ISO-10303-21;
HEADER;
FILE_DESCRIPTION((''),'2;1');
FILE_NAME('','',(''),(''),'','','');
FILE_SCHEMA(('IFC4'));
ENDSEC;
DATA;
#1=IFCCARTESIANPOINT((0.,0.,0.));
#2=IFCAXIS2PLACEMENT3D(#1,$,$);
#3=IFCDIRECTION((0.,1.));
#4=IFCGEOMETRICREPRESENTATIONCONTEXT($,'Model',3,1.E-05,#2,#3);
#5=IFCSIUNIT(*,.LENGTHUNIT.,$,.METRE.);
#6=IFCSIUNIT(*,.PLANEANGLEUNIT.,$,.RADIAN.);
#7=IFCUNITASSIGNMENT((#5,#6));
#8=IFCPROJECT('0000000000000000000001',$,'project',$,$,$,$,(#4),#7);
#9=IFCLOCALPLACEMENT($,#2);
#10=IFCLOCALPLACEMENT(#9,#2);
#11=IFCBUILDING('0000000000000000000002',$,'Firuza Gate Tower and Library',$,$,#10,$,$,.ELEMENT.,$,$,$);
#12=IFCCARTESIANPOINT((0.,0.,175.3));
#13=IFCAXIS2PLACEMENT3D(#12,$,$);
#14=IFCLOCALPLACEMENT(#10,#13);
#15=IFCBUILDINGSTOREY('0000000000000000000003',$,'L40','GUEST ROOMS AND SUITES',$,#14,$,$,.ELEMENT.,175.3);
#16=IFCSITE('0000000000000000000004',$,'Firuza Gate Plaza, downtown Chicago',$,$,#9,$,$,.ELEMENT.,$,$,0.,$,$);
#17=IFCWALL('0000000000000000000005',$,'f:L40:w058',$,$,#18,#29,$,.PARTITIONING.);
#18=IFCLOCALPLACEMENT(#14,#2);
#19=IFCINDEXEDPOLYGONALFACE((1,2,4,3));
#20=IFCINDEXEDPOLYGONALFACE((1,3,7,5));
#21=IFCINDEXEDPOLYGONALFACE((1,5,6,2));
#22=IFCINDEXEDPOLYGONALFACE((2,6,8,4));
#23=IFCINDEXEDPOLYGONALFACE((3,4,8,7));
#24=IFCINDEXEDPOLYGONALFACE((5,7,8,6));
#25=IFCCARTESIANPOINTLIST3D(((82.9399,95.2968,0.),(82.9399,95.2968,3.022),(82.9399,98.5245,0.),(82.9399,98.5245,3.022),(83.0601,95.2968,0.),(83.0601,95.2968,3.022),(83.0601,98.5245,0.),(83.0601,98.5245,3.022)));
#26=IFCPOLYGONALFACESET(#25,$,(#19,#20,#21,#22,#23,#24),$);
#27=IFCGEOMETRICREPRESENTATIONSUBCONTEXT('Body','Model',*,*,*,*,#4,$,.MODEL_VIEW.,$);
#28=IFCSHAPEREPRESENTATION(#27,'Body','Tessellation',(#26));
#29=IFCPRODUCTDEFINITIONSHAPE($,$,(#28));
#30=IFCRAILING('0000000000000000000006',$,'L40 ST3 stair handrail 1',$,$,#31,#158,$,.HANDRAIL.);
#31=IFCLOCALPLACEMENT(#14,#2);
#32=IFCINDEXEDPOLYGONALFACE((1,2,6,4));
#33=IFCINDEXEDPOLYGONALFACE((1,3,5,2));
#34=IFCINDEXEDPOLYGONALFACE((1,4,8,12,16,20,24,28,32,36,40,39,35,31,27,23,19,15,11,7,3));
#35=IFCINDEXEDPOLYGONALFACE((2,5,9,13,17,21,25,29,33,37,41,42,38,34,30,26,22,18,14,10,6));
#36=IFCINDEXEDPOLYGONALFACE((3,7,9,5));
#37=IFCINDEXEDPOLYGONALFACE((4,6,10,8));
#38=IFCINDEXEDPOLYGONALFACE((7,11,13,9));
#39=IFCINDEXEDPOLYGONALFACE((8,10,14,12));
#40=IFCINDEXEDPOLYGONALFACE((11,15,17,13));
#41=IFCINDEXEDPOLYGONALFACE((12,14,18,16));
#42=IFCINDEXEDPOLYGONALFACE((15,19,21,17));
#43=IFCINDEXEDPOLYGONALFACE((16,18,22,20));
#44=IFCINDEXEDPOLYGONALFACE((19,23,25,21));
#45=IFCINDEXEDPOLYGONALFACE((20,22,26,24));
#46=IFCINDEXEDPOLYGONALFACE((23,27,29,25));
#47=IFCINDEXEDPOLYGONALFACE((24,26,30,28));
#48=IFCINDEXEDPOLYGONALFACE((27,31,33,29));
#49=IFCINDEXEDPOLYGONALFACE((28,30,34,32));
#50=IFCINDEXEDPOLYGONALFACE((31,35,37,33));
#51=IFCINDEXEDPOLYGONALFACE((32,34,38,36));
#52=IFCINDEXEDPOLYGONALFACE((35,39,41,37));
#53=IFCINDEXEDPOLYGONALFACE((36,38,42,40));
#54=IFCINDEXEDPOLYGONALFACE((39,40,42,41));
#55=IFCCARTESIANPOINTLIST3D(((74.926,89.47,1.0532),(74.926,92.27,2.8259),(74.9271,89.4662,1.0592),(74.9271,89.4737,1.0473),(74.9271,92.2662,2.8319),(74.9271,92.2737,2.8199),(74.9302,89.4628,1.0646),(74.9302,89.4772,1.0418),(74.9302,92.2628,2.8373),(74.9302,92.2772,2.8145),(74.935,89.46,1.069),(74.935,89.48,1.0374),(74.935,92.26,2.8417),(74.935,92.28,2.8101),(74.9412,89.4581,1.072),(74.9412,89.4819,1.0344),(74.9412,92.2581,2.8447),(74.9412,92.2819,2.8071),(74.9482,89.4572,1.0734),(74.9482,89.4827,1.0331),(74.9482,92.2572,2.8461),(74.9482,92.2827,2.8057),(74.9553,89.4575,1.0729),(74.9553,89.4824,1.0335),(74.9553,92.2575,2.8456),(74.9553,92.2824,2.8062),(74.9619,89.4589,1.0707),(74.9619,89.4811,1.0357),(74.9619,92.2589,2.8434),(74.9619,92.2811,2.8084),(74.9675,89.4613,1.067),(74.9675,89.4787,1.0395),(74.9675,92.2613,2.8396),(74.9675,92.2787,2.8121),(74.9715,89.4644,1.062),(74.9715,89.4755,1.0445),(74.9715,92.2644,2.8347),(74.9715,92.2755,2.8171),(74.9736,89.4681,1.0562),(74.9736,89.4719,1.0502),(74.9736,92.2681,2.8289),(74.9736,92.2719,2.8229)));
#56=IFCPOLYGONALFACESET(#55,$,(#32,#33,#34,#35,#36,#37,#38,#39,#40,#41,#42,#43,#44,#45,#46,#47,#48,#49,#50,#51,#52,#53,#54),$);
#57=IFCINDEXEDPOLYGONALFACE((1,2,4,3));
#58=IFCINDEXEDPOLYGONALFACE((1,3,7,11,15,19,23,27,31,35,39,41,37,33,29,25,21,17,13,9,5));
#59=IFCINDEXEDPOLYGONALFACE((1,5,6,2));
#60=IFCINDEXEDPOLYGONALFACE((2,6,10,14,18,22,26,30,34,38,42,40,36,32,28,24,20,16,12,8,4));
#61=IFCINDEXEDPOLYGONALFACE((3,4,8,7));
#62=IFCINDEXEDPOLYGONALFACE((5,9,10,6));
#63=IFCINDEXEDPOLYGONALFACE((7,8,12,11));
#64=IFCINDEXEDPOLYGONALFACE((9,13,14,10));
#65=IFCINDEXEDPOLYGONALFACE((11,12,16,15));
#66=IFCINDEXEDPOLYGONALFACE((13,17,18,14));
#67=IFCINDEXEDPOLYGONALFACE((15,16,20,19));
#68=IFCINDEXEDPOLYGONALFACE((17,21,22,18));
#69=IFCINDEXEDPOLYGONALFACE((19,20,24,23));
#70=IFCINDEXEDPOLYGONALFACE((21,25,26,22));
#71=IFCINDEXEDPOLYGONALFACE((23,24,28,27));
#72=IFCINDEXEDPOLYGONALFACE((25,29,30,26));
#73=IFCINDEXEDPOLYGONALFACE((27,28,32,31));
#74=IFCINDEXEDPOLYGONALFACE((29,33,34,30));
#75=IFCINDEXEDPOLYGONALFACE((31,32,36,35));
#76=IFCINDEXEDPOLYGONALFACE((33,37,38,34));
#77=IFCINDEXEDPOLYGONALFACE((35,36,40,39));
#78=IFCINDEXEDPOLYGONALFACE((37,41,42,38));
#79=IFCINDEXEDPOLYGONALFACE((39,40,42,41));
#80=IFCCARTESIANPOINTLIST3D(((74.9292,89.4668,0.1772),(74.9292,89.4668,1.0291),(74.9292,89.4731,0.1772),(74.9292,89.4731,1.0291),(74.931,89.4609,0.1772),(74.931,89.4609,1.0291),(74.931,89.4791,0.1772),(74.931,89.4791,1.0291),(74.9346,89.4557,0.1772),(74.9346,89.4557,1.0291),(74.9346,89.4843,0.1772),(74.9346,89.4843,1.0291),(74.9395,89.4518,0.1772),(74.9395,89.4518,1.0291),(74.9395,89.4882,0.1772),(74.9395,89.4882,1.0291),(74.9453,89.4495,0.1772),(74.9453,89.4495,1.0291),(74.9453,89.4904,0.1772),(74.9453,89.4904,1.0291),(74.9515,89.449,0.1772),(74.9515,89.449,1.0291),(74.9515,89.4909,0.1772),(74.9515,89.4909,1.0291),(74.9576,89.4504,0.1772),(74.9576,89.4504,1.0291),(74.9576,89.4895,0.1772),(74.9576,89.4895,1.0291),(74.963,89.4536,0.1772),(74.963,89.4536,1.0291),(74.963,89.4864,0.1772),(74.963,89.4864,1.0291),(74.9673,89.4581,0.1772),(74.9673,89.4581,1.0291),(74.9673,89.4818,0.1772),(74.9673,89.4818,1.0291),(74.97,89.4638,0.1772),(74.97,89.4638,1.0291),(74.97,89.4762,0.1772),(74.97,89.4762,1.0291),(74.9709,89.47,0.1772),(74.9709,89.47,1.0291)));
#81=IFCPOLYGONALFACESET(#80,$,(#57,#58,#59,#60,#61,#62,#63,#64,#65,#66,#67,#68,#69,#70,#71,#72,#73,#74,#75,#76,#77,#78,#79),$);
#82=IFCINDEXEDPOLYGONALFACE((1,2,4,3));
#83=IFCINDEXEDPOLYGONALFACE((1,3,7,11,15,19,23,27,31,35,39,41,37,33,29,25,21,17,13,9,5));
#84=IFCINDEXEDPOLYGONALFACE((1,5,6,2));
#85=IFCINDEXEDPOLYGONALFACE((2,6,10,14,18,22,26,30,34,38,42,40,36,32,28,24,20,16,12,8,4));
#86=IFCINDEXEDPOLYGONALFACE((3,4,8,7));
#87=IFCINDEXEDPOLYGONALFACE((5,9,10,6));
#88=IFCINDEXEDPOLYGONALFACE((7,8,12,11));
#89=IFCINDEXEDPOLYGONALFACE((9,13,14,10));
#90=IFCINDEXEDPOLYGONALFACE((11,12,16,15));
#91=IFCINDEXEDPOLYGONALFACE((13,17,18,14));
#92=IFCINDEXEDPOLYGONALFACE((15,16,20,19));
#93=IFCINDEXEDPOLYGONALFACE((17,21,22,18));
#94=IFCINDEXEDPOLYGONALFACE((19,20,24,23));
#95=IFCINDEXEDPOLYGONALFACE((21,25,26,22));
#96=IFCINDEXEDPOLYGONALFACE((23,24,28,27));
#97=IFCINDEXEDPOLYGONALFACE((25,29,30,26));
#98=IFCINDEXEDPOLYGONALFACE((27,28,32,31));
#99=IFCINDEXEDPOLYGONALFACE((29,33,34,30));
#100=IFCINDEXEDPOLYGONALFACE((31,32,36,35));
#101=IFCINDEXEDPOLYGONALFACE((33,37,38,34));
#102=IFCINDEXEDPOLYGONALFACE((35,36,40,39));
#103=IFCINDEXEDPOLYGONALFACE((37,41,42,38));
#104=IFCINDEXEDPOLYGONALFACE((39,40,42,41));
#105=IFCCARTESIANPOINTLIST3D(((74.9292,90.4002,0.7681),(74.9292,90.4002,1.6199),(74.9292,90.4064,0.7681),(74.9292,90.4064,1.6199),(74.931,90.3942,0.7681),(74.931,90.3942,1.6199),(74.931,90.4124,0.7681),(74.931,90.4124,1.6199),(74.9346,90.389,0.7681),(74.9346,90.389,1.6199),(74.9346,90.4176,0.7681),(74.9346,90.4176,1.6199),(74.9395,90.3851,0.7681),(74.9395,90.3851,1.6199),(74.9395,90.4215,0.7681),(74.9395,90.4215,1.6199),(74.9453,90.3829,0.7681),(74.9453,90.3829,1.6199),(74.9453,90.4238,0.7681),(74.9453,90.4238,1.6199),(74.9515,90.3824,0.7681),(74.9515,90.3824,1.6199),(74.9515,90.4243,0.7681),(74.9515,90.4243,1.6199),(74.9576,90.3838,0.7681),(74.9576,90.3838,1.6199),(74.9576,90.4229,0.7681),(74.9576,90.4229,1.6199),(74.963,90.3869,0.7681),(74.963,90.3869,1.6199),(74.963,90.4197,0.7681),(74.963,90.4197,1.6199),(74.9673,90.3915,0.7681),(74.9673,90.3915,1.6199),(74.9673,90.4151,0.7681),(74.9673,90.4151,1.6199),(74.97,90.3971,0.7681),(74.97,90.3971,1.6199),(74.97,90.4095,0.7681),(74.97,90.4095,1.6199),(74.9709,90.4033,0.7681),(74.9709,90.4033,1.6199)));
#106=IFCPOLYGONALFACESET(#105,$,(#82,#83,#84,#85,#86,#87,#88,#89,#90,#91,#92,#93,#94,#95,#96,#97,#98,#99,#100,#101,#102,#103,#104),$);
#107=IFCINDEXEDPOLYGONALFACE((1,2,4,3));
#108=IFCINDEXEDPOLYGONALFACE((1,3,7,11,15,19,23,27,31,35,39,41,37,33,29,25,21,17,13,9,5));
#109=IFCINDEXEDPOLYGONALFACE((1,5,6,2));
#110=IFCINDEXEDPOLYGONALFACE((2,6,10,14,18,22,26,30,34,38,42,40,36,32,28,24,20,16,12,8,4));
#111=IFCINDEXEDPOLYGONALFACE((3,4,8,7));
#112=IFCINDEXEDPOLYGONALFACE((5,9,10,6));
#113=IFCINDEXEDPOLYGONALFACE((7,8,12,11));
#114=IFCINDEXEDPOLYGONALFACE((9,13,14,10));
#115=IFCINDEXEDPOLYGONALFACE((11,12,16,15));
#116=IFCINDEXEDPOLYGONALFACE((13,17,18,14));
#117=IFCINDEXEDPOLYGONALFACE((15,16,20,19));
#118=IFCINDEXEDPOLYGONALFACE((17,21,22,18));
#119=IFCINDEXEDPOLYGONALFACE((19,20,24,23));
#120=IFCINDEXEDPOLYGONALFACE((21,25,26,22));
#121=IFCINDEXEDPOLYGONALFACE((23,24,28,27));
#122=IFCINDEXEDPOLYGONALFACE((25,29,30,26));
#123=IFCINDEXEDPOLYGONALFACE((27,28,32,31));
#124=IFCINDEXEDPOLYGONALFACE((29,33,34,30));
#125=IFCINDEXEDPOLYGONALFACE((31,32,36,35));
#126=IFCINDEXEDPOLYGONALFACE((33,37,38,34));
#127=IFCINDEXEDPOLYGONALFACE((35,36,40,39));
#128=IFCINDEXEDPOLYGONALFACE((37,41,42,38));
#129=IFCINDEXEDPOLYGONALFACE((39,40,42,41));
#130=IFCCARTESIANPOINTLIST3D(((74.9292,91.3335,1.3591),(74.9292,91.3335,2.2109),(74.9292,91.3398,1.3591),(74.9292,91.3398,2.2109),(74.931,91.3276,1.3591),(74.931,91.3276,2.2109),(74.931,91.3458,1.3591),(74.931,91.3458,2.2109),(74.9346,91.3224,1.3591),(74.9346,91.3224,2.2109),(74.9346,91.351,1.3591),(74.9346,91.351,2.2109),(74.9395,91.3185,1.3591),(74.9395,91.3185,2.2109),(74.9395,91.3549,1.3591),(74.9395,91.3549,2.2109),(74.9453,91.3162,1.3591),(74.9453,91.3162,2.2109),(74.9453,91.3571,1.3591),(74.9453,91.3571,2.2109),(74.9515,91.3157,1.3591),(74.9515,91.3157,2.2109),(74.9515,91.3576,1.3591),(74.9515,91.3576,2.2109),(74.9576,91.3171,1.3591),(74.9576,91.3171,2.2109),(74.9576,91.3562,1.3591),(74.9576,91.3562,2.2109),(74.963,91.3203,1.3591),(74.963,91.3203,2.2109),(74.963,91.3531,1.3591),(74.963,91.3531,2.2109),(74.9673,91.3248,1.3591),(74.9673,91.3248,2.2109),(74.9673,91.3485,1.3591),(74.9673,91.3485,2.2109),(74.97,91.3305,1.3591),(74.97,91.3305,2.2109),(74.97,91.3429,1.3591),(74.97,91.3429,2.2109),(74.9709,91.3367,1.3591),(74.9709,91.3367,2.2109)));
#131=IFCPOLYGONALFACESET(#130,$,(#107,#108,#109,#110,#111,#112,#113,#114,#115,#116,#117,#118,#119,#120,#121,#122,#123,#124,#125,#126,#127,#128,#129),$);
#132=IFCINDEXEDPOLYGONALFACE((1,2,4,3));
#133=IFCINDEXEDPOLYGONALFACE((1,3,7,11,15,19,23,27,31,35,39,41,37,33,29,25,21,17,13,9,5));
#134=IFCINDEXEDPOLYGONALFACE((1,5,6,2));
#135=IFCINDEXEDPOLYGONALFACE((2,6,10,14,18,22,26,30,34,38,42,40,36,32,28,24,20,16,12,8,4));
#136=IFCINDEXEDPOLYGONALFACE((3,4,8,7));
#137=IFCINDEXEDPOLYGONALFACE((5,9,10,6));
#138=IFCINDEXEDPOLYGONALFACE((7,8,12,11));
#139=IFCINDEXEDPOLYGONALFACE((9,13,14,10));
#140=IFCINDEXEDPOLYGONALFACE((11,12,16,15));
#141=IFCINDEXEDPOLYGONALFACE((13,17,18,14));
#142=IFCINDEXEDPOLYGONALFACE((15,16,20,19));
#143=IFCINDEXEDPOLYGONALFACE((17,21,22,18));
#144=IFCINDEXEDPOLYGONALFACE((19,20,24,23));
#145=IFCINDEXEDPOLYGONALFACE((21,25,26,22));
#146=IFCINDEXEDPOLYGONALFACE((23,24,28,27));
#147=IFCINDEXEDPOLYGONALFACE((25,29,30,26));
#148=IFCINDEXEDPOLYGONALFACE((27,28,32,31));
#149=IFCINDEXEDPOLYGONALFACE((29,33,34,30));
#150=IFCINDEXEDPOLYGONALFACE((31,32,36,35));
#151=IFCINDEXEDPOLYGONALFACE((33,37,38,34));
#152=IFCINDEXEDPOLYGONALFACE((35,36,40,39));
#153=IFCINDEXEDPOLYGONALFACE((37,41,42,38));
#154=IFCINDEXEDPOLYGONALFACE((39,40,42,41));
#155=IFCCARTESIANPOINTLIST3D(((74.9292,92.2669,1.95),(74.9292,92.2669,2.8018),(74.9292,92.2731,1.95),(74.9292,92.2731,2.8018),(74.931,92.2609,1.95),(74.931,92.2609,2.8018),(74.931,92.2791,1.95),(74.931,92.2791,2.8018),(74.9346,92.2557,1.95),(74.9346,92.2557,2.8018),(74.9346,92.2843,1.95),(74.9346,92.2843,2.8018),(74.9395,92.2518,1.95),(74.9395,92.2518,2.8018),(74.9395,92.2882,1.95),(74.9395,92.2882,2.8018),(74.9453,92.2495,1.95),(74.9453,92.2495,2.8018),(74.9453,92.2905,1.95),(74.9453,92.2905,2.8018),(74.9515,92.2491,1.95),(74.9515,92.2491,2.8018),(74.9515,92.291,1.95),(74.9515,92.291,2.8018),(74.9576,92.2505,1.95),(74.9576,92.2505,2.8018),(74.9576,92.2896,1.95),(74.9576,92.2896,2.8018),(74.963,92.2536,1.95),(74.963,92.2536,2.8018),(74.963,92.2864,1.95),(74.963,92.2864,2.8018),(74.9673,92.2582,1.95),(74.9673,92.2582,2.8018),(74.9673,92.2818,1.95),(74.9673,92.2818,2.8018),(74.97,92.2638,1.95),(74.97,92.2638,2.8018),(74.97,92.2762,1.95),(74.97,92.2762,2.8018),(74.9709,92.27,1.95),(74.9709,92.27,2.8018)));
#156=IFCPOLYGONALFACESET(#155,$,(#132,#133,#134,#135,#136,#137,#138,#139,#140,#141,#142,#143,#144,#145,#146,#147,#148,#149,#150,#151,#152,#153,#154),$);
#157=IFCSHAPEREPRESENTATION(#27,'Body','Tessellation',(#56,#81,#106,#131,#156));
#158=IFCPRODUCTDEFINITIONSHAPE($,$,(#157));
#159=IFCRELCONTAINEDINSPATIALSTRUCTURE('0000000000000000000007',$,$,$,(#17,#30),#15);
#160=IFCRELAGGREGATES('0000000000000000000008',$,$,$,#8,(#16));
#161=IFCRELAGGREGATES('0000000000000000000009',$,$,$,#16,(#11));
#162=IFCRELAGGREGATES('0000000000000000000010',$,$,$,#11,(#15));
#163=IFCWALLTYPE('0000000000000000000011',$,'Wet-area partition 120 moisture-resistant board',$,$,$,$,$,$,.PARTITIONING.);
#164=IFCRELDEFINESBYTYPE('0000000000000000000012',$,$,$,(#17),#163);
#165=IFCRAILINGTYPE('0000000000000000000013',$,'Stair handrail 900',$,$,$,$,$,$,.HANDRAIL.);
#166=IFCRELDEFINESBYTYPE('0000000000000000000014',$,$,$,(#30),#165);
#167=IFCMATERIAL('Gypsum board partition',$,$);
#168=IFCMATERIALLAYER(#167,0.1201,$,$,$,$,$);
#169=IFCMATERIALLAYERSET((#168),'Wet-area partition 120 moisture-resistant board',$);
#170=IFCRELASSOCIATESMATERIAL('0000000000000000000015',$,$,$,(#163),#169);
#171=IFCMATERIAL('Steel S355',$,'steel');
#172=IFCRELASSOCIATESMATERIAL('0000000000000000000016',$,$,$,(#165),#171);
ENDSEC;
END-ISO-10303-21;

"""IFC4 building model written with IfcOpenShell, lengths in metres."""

from ifc_helpers import new_model, si_unit, direction, frame, frame_2d, origin, origin_2d, place, context, subcontext, project, spatial, rectangle, circle, extrude, material, layer, layer_set, type_object, element, save


model = new_model("IFC4")

# Units and contexts
model_context = context("Model", 3, precision=1e-05, world=origin(), true_north=direction((0.0, 1.0)))
body_context = subcontext(model_context, "Body", "Model", "MODEL_VIEW")
ifc_project = project(units=[si_unit("LENGTHUNIT", "METRE"), si_unit("PLANEANGLEUNIT", "RADIAN")], contexts=[model_context])

# Site, building, storey
site_placement = place(None, origin())
site = spatial("IfcSite", under=ifc_project, at=site_placement, Name="Firuza Gate Plaza, downtown Chicago", CompositionType="ELEMENT", RefElevation=0.0)
building_placement = place(site_placement, origin())
building = spatial("IfcBuilding", under=site, at=building_placement, Name="Firuza Gate Tower and Library", CompositionType="ELEMENT")
storey_placement = place(building_placement, frame((0.0, 0.0, 175.3)))
storey = spatial("IfcBuildingStorey", under=building, at=storey_placement, Name="L40", Description="GUEST ROOMS AND SUITES", CompositionType="ELEMENT", Elevation=175.3)

# Shared definitions
ifc_material_1 = material(Name="Gypsum board partition")
ifc_layer_1 = layer(ifc_material_1, 0.1201)
ifc_layer_set_1 = layer_set([ifc_layer_1], Name="Wet-area partition 120 moisture-resistant board")
wall_type_1 = type_object("IfcWallType", Name="Wet-area partition 120 moisture-resistant board", PredefinedType="PARTITIONING", material=ifc_layer_set_1)

# Wall
wall_1_placement = place(storey_placement, frame((83.0, 95.2969, 0.0), z_axis=(0.0, 0.0, 1.0), x_axis=(0.0, 1.0, 0.0)))
element("IfcWall", 1, at=wall_1_placement, inside=storey, type_object=wall_type_1, Name="f:L40:w058", PredefinedType="PARTITIONING", context=body_context, shape_type="SweptSolid", body=[
    extrude(rectangle(XDim=3.2278, YDim=0.1201, at=frame_2d((1.6138, 0.0))), origin(), (0.0, 0.0, 1.0), 3.022),
])

# Railing
ifc_material_2 = material(Name="Steel S355", Category="steel")
railing_type = type_object("IfcRailingType", Name="Stair handrail 900", PredefinedType="HANDRAIL", material=ifc_material_2)
railing_placement = place(storey_placement, frame((74.95, 89.47, 0.1772)))
element("IfcRailing", 2, at=railing_placement, inside=storey, type_object=railing_type, Name="L40 ST3 stair handrail 1", PredefinedType="HANDRAIL", context=body_context, shape_type="SweptSolid", body=[
    extrude(circle(Radius=0.0239, at=origin_2d()), frame((0.0, 0.0, 0.876), z_axis=(0.0, 0.844909, 0.53491), x_axis=(-1.0, 0.0, 0.0)), (0.0, 0.0, 1.0), 3.314),
    extrude(circle(Radius=0.021, at=origin_2d()), origin(), (0.0, 0.0, 1.0), 0.8518),
    extrude(circle(Radius=0.021, at=origin_2d()), frame((0.0, 0.9333, 0.5908)), (0.0, 0.0, 1.0), 0.8518),
    extrude(circle(Radius=0.021, at=origin_2d()), frame((0.0, 1.8667, 1.1819)), (0.0, 0.0, 1.0), 0.8518),
    extrude(circle(Radius=0.021, at=origin_2d()), frame((0.0, 2.8, 1.7727)), (0.0, 0.0, 1.0), 0.8518),
])

save(model, "model.ifc")
